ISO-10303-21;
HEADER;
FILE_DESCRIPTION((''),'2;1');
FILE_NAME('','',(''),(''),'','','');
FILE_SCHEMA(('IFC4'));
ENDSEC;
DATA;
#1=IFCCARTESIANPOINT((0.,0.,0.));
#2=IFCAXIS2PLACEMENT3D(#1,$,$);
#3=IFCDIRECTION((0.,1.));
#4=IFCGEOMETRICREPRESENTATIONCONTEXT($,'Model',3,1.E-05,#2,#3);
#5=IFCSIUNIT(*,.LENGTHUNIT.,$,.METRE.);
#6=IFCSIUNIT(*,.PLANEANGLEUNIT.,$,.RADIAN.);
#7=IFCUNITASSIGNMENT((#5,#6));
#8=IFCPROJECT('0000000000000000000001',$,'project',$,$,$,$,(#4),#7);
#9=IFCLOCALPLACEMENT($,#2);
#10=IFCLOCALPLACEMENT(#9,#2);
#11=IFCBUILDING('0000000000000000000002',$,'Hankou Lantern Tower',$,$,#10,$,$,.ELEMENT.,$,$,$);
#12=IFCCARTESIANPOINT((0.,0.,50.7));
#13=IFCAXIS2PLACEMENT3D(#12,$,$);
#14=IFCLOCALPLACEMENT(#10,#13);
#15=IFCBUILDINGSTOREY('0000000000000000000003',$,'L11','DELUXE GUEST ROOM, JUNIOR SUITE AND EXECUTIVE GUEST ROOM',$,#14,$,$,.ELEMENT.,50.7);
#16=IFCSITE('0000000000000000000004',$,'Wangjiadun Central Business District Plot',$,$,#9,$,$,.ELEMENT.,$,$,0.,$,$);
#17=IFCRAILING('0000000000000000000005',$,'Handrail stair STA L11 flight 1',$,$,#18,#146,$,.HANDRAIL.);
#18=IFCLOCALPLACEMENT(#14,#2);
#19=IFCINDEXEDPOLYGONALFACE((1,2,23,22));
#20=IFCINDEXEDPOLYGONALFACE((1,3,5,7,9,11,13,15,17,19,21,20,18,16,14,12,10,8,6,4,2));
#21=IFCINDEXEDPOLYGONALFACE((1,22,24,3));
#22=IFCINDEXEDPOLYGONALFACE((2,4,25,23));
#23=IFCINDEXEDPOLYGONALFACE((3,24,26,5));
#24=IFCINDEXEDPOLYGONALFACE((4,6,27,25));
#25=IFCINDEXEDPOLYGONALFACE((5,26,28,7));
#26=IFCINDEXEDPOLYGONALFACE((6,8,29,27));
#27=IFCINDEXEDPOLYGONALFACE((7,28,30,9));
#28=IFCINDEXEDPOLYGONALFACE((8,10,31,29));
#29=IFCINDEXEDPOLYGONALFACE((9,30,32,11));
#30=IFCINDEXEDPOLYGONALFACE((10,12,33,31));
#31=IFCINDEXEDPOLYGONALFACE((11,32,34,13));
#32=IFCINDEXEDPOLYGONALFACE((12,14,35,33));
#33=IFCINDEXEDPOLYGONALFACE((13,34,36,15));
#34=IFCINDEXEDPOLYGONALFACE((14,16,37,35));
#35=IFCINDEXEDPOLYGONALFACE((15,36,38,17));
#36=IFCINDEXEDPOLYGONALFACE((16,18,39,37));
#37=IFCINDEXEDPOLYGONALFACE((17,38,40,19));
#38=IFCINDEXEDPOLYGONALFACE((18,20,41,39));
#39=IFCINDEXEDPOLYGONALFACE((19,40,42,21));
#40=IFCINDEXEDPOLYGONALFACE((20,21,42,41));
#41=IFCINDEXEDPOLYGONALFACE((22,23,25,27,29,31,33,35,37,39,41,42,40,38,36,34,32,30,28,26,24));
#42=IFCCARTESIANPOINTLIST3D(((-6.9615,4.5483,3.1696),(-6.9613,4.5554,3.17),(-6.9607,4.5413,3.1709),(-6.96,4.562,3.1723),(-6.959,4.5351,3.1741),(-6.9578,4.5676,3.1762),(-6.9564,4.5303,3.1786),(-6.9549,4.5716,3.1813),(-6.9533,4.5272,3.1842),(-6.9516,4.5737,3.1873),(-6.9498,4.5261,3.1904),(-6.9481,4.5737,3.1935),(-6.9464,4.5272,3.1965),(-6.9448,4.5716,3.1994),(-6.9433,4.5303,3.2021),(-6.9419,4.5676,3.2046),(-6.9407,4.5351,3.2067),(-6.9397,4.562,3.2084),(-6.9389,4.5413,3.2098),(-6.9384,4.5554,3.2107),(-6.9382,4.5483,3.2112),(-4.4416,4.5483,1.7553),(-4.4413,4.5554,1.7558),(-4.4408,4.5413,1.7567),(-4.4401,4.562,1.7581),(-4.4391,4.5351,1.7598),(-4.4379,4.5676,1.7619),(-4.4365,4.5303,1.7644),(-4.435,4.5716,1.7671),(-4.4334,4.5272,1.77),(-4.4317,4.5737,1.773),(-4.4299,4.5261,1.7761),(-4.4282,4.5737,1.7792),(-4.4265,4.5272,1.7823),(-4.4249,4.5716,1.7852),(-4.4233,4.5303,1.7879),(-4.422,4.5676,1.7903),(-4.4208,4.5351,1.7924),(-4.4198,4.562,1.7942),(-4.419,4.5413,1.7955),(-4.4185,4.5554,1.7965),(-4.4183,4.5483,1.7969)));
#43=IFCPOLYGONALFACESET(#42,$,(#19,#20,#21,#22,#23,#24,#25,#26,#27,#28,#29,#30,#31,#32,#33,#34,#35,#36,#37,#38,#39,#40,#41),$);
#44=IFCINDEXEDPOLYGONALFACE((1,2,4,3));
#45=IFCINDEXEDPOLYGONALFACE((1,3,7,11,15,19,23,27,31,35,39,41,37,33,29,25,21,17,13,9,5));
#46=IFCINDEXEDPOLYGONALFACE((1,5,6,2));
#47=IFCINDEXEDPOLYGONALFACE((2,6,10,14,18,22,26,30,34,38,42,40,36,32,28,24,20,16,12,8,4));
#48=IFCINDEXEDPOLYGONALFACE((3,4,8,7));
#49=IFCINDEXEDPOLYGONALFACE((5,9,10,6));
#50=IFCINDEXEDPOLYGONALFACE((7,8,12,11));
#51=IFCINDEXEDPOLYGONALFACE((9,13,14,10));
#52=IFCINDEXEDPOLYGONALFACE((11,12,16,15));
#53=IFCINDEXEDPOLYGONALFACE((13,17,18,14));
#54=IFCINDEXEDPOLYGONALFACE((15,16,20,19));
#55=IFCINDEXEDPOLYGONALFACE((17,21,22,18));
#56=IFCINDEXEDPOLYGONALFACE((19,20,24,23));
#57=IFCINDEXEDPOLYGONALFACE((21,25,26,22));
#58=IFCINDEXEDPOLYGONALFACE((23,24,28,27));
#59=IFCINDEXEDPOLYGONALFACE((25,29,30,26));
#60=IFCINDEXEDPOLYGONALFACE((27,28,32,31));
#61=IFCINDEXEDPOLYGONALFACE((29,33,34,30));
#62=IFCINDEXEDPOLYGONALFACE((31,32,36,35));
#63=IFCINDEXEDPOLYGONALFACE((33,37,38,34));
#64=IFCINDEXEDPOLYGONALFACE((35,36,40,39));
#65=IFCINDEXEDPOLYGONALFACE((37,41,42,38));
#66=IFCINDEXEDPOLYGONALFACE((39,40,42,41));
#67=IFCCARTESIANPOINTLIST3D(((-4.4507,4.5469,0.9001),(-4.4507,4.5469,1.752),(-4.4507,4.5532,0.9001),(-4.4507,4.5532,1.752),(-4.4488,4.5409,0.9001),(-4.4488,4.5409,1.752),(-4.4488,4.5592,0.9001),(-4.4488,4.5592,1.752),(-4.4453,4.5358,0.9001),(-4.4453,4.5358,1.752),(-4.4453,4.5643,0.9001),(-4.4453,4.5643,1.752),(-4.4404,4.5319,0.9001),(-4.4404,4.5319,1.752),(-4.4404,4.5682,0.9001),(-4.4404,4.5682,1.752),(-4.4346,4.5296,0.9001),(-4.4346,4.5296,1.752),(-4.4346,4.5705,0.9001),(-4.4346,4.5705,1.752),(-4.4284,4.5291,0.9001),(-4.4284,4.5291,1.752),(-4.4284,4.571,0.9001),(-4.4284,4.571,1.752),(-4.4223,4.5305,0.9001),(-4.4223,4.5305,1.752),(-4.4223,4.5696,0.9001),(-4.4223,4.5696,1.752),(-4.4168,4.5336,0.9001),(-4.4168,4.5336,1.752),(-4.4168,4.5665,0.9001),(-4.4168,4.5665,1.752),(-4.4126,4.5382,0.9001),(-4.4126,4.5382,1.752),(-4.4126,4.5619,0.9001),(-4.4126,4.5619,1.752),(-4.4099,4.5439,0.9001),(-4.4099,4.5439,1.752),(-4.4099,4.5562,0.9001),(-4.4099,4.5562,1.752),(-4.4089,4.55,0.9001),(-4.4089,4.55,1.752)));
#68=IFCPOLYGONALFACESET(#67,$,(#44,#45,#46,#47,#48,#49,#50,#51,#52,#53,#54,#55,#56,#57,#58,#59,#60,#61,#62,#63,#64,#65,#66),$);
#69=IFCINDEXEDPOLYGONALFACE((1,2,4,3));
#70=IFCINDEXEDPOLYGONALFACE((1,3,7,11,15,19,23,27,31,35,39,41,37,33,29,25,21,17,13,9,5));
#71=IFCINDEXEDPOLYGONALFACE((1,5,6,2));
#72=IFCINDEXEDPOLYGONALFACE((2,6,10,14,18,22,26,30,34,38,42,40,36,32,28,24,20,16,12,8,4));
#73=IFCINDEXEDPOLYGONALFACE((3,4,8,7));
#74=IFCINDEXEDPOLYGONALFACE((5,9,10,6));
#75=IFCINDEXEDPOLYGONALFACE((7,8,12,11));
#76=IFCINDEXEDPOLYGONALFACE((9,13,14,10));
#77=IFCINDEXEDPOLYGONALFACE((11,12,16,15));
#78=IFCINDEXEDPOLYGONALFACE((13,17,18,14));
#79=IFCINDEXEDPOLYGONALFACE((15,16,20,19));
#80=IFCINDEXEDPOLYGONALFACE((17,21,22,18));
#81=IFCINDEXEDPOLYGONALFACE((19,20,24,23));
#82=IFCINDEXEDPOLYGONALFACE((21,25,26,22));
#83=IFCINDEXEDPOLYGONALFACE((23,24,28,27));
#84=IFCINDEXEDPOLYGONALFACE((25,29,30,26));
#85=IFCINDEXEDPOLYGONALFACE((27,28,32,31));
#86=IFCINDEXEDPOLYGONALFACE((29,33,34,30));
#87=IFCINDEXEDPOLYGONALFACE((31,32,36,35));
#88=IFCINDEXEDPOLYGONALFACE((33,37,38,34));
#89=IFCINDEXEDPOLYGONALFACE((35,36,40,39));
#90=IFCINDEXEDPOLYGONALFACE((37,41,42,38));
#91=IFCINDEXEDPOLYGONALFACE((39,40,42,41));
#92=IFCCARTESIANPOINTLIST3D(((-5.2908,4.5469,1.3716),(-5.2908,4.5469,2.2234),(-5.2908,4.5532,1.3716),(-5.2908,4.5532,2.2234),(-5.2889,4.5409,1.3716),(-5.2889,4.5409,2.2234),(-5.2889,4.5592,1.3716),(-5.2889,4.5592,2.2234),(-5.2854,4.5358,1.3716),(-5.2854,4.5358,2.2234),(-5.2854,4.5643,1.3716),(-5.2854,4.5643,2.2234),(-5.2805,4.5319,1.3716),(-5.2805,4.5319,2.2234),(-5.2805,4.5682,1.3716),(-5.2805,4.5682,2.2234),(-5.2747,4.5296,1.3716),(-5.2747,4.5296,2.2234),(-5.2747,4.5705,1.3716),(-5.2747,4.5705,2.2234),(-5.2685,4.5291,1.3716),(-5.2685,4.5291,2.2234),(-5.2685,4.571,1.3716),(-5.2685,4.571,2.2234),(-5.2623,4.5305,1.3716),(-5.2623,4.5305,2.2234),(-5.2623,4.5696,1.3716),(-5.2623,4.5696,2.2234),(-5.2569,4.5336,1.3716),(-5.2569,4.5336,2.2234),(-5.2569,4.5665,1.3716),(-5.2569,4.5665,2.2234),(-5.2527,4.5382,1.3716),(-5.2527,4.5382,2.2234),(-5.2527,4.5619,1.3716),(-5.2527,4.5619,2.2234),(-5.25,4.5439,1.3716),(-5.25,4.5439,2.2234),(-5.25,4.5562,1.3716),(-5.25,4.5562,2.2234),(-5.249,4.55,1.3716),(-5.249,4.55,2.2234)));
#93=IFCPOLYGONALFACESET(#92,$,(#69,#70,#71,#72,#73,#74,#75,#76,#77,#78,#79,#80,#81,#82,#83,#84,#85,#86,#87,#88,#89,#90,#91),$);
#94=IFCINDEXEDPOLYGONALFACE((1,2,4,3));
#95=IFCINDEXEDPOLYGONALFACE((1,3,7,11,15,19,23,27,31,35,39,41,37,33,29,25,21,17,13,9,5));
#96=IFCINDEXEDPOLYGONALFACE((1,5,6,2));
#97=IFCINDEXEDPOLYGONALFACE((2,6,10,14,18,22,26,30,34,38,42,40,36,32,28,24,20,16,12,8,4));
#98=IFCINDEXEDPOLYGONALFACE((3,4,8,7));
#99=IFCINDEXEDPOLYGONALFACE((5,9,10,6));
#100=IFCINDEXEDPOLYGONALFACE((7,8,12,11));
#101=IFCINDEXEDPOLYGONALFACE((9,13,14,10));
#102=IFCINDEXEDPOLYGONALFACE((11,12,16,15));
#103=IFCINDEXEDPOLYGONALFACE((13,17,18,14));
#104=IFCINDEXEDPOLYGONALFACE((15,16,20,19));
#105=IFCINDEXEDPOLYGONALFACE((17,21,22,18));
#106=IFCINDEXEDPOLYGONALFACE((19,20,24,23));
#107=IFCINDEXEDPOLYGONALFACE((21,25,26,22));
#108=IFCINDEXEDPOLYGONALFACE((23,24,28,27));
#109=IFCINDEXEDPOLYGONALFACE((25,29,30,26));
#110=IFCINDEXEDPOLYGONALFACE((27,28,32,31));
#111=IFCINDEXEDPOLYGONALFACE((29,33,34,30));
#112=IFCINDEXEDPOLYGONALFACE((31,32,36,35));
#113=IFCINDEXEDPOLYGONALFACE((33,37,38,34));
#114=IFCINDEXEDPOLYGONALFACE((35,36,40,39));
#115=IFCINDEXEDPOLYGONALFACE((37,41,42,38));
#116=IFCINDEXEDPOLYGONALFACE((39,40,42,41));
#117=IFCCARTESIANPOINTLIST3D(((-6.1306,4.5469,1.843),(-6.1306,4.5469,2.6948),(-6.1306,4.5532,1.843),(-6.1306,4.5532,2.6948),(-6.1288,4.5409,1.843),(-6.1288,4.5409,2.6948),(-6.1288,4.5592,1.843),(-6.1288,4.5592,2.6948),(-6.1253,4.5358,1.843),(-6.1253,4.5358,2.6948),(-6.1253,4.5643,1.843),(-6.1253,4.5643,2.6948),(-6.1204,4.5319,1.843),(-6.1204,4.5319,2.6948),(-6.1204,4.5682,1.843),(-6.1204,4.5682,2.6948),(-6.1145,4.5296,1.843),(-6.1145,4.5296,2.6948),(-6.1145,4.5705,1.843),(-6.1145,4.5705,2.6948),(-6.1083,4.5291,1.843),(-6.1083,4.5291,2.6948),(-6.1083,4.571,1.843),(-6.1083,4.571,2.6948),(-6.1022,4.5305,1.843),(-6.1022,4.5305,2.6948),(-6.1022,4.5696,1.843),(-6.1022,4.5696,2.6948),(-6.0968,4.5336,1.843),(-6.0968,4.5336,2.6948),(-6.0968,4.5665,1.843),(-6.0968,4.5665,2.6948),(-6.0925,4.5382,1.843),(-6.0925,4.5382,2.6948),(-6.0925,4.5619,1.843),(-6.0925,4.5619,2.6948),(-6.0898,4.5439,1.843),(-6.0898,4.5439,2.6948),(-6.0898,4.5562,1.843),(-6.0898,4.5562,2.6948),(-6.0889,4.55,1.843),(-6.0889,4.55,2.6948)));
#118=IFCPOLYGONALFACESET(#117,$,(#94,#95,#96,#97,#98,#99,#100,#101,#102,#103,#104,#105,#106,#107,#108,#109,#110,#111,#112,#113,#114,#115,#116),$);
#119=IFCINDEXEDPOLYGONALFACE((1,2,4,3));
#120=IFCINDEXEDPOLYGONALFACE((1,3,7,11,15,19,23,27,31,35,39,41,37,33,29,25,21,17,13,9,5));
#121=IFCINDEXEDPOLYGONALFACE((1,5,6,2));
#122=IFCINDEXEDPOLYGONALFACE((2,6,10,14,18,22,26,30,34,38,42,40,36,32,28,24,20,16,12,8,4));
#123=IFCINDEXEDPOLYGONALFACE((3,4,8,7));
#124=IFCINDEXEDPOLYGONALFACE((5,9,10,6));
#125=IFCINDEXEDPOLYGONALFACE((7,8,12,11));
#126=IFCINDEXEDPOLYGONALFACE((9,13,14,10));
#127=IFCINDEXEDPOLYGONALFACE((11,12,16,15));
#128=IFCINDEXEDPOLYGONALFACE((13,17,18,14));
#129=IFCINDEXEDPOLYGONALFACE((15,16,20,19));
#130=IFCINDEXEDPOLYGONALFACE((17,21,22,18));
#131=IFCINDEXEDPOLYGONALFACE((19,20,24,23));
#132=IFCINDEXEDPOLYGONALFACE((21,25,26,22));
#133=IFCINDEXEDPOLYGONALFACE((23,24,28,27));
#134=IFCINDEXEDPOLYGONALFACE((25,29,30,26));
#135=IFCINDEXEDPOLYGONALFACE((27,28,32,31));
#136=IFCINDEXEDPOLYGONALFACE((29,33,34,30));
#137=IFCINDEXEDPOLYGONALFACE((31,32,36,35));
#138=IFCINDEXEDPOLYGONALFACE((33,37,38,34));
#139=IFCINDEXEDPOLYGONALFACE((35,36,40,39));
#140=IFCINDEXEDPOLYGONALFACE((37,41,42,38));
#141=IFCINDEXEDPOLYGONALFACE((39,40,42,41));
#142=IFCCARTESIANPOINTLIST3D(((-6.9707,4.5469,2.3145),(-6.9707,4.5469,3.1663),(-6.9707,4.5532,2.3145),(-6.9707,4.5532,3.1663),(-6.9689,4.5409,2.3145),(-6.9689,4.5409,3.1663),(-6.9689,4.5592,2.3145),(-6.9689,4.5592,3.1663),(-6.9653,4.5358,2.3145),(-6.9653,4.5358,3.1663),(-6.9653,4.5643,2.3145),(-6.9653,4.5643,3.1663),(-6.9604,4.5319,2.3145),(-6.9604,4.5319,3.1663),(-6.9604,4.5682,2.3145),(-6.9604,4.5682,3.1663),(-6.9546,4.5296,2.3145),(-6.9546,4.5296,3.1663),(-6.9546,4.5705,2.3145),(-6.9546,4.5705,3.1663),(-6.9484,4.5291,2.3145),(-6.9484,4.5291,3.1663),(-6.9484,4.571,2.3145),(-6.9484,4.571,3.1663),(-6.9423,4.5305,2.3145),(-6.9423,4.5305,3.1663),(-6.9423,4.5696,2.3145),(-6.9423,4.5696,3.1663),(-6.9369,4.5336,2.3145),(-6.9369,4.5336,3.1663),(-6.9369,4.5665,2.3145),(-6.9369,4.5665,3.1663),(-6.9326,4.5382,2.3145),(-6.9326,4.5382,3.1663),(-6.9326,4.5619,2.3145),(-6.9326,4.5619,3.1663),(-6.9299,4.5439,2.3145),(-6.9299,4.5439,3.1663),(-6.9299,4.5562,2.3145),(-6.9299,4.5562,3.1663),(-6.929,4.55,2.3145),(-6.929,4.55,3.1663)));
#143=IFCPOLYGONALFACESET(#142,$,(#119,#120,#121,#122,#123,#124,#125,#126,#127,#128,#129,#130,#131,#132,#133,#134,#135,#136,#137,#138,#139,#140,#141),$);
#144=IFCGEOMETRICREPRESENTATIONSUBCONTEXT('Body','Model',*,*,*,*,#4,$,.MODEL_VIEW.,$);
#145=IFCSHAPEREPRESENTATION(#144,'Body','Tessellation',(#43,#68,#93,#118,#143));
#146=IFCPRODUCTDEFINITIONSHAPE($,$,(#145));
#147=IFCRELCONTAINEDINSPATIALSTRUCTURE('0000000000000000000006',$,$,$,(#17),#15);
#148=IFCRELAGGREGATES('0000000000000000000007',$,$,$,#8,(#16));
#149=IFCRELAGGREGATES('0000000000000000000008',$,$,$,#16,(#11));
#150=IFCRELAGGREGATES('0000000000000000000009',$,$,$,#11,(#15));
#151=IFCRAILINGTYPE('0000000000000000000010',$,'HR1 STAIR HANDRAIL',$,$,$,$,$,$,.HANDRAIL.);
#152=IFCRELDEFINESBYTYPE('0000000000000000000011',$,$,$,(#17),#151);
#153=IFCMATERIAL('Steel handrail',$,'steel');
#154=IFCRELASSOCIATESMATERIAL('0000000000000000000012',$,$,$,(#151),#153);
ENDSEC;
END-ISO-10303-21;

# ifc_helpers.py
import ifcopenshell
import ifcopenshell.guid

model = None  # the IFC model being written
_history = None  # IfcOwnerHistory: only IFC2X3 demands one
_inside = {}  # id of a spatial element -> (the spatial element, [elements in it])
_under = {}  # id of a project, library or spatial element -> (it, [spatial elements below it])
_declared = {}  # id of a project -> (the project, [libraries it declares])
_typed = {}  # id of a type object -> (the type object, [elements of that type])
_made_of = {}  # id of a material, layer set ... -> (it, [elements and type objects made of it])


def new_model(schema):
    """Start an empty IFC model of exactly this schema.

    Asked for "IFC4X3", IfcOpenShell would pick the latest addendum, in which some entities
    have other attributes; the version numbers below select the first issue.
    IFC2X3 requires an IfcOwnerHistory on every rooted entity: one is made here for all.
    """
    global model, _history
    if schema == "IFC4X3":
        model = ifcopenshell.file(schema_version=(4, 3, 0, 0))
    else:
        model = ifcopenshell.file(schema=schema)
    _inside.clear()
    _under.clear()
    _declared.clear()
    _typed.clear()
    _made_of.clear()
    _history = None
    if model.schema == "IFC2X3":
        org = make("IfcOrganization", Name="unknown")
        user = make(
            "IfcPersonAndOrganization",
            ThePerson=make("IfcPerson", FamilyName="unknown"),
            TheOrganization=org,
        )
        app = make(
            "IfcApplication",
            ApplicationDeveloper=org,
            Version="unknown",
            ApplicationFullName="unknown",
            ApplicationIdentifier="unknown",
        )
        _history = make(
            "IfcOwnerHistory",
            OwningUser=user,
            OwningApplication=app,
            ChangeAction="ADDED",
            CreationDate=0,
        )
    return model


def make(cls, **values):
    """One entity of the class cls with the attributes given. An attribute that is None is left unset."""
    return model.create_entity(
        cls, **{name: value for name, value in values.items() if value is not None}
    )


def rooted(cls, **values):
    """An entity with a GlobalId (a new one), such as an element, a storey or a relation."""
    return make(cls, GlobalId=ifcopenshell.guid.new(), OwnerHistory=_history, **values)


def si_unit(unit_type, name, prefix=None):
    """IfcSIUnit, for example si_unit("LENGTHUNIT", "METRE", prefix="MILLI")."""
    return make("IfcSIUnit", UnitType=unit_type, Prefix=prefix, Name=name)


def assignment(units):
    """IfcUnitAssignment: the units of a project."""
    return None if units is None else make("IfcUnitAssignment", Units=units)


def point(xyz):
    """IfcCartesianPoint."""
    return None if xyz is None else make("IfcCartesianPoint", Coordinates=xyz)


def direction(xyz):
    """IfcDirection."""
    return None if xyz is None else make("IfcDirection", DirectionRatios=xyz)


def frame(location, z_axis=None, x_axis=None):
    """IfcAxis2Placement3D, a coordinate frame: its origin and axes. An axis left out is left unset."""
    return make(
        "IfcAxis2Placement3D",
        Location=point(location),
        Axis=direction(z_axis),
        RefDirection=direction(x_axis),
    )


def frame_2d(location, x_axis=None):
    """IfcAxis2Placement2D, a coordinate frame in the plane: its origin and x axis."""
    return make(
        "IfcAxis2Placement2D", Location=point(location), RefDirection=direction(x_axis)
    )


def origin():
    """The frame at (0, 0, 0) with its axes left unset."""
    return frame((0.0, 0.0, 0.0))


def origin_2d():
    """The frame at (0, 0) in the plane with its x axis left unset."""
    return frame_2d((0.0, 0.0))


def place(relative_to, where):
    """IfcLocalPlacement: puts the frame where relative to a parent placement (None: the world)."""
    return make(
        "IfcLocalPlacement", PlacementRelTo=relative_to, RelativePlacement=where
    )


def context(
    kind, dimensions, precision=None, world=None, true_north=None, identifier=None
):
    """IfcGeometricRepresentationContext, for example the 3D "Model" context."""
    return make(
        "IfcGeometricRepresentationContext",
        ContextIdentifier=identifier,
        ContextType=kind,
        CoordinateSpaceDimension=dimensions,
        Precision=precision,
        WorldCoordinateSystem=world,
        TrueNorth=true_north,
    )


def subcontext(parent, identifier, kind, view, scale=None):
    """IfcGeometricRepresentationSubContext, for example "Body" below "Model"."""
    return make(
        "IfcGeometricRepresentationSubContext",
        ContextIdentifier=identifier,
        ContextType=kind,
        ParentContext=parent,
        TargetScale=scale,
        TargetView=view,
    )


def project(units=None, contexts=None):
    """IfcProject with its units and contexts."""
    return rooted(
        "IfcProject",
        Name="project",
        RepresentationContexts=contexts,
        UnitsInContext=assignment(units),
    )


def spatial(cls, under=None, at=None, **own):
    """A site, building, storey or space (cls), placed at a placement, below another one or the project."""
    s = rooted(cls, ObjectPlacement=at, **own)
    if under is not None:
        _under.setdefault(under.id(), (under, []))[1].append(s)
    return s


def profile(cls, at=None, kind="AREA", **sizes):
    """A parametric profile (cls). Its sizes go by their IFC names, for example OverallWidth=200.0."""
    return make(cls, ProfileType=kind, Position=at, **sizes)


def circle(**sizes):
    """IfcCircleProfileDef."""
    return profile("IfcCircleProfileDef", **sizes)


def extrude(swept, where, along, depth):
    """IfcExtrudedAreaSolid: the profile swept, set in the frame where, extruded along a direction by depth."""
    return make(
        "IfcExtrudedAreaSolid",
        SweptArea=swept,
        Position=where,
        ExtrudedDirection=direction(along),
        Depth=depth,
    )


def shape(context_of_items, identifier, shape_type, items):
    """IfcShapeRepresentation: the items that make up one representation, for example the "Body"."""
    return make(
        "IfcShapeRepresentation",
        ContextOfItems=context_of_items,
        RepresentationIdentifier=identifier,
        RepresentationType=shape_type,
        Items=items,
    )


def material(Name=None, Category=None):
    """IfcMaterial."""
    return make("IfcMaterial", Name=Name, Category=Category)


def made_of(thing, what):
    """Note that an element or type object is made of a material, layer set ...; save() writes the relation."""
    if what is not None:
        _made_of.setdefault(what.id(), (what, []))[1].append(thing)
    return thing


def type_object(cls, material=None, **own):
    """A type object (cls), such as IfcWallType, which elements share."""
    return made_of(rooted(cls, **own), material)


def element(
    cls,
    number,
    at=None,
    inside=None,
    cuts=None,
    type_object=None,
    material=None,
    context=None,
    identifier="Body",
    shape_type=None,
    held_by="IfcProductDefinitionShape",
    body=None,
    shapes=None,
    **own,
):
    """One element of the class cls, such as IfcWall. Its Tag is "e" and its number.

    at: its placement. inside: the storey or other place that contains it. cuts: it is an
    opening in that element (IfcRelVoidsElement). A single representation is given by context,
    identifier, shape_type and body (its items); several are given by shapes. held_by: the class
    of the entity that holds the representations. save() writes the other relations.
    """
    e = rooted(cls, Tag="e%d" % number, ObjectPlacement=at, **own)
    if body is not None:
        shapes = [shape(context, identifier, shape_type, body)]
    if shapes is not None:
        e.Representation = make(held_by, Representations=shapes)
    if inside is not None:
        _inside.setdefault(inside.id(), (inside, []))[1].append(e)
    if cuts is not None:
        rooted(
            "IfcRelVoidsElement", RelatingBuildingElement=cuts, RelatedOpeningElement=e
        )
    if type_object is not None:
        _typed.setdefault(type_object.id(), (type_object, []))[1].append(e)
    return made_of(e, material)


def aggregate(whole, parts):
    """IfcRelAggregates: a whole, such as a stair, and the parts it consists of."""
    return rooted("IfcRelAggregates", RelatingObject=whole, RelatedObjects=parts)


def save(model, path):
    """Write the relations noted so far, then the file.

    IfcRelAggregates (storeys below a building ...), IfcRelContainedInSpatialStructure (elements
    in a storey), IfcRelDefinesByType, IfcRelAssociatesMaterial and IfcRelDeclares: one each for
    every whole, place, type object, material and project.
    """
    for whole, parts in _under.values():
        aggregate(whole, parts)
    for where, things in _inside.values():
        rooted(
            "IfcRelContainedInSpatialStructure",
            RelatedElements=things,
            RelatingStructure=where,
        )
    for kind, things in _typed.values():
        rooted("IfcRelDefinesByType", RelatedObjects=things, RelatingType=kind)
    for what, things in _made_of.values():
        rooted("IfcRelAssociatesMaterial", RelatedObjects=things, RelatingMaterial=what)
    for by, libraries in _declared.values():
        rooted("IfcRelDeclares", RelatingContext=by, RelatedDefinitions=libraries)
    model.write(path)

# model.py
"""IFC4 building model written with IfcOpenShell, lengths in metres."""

from ifc_helpers import new_model, si_unit, direction, frame, origin, origin_2d, place, context, subcontext, project, spatial, circle, extrude, material, type_object, element, save


model = new_model("IFC4")

# Units and contexts
model_context = context("Model", 3, precision=1e-05, world=origin(), true_north=direction((0.0, 1.0)))
body_context = subcontext(model_context, "Body", "Model", "MODEL_VIEW")
ifc_project = project(units=[si_unit("LENGTHUNIT", "METRE"), si_unit("PLANEANGLEUNIT", "RADIAN")], contexts=[model_context])

# Site, building, storey
site_placement = place(None, origin())
site = spatial("IfcSite", under=ifc_project, at=site_placement, Name="Wangjiadun Central Business District Plot", CompositionType="ELEMENT", RefElevation=0.0)
building_placement = place(site_placement, origin())
building = spatial("IfcBuilding", under=site, at=building_placement, Name="Hankou Lantern Tower", CompositionType="ELEMENT")
storey_placement = place(building_placement, frame((0.0, 0.0, 50.7)))
storey = spatial("IfcBuildingStorey", under=building, at=storey_placement, Name="L11", Description="DELUXE GUEST ROOM, JUNIOR SUITE AND EXECUTIVE GUEST ROOM", CompositionType="ELEMENT", Elevation=50.7)

# Railing
ifc_material_1 = material(Name="Steel handrail", Category="steel")
railing_type = type_object("IfcRailingType", Name="HR1 STAIR HANDRAIL", PredefinedType="HANDRAIL", material=ifc_material_1)
railing_1_placement = place(storey_placement, frame((-4.4299, 4.55, 0.9001)))
element("IfcRailing", 1, at=railing_1_placement, inside=storey, type_object=railing_type, Name="Handrail stair STA L11 flight 1", PredefinedType="HANDRAIL", context=body_context, shape_type="SweptSolid", body=[
    extrude(circle(Radius=0.0239, at=origin_2d()), frame((0.0, 0.0, 0.876), z_axis=(-0.872049, 0.0, 0.489419), x_axis=(0.0, -1.0, 0.0)), (0.0, 0.0, 1.0), 2.8896),
    extrude(circle(Radius=0.021, at=origin_2d()), origin(), (0.0, 0.0, 1.0), 0.8518),
    extrude(circle(Radius=0.021, at=origin_2d()), frame((-0.8401, 0.0, 0.4714)), (0.0, 0.0, 1.0), 0.8518),
    extrude(circle(Radius=0.021, at=origin_2d()), frame((-1.6799, 0.0, 0.9429)), (0.0, 0.0, 1.0), 0.8518),
    extrude(circle(Radius=0.021, at=origin_2d()), frame((-2.52, 0.0, 1.4143)), (0.0, 0.0, 1.0), 0.8518),
])

save(model, "model.ifc")
